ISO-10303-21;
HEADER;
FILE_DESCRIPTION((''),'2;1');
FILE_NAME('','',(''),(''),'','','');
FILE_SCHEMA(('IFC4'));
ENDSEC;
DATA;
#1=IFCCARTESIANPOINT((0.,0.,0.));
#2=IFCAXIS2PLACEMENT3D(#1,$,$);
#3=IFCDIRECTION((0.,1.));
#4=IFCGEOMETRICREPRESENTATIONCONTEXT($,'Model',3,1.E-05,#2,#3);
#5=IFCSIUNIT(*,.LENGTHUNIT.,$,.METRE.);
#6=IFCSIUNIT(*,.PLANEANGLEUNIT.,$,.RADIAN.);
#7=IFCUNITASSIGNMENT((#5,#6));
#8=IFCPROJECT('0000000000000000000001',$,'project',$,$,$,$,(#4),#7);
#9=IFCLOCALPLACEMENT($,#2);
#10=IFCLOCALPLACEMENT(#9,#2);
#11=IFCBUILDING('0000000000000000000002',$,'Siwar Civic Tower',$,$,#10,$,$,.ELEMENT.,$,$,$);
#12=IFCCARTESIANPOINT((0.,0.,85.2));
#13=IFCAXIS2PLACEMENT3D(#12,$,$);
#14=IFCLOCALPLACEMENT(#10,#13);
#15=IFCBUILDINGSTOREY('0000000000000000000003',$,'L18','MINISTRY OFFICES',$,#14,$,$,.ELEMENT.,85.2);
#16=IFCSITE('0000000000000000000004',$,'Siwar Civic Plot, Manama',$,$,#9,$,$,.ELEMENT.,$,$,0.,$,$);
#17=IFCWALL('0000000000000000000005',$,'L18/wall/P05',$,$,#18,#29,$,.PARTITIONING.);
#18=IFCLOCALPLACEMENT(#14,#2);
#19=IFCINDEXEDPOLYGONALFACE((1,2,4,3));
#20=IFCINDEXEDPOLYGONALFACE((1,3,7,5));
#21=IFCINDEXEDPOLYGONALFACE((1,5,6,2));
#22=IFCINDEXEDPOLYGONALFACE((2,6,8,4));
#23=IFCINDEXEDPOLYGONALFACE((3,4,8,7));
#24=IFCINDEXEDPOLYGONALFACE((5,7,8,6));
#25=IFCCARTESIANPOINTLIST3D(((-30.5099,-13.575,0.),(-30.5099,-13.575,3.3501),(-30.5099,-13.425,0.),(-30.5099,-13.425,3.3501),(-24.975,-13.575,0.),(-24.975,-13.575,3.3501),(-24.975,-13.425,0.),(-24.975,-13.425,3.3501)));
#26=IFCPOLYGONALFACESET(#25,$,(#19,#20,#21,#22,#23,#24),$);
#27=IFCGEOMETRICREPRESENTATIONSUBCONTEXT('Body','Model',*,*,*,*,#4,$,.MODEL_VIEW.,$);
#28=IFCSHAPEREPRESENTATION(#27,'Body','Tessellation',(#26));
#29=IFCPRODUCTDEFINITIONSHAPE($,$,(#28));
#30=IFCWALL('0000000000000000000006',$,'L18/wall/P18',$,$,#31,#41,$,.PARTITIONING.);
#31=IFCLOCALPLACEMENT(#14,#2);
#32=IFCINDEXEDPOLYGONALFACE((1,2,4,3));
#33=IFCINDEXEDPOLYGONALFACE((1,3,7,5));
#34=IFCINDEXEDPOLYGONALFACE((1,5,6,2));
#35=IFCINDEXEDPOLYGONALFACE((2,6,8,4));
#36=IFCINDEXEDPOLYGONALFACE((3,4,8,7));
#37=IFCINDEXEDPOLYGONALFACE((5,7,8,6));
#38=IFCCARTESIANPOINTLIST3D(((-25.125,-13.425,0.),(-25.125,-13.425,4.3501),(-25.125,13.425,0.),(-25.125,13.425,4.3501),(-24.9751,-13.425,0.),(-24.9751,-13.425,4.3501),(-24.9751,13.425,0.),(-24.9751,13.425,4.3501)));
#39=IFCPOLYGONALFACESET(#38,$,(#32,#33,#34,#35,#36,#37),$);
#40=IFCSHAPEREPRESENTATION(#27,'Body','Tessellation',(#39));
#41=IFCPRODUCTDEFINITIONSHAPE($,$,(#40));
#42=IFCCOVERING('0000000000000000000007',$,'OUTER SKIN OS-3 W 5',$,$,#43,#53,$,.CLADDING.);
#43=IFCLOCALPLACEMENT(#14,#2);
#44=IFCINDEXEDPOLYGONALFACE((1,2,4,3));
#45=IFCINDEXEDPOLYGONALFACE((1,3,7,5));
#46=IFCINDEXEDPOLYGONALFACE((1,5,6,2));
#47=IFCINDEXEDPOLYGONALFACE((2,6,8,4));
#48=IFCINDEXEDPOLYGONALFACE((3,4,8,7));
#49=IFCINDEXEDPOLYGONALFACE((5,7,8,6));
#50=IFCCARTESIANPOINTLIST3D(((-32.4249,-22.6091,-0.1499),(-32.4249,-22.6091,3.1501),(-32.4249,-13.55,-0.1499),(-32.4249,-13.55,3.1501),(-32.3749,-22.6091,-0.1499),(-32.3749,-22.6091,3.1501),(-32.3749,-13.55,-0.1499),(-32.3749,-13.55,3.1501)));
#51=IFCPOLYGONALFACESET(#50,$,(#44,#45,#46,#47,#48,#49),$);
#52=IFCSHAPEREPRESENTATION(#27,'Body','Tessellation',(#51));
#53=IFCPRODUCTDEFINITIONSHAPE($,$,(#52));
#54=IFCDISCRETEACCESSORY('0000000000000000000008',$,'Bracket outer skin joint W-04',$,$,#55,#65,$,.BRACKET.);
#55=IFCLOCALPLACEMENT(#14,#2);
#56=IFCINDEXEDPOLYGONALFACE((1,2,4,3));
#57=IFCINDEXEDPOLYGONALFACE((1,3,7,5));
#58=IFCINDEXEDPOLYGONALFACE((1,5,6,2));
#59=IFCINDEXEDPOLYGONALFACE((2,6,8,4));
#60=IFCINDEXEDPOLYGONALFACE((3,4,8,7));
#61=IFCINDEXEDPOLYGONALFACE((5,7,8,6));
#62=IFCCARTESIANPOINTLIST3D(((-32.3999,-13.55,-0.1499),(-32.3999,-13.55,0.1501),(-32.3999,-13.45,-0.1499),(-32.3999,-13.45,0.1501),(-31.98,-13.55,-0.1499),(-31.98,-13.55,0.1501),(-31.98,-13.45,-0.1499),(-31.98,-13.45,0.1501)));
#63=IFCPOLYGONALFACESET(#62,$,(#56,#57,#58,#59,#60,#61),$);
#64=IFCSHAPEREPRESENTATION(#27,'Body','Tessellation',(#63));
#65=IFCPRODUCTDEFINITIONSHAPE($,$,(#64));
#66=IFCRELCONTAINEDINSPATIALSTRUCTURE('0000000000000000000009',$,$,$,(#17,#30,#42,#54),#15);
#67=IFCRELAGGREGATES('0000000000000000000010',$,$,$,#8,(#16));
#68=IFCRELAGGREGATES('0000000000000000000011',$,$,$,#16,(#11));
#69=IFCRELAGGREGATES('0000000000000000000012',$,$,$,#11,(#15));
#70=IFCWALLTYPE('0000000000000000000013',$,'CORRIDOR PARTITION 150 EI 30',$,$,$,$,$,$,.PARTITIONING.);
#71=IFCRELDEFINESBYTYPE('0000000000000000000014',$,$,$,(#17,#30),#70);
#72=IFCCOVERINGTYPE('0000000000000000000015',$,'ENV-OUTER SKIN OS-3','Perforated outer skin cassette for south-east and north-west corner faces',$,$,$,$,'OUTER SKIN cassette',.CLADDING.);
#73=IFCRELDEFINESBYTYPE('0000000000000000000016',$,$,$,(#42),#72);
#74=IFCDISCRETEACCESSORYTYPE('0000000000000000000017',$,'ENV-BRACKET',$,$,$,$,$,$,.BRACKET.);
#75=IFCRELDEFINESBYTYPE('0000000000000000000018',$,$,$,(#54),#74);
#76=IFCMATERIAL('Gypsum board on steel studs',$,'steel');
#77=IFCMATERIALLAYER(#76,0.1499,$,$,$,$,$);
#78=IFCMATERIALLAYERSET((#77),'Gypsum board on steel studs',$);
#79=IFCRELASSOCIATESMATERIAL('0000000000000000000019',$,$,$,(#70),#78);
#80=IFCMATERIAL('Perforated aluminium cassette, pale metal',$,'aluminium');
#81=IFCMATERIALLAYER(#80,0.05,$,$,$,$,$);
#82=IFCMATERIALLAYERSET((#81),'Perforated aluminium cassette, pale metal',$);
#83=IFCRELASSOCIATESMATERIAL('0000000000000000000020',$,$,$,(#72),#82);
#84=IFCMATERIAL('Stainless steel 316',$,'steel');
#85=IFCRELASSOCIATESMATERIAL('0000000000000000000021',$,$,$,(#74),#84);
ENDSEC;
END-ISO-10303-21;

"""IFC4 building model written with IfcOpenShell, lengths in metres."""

from ifc_helpers import new_model, si_unit, direction, frame, frame_2d, origin, origin_2d, place, context, subcontext, project, spatial, rectangle, extrude, material, layer, layer_set, type_object, element, save


model = new_model("IFC4")

# Units and contexts
model_context = context("Model", 3, precision=1e-05, world=origin(), true_north=direction((0.0, 1.0)))
body_context = subcontext(model_context, "Body", "Model", "MODEL_VIEW")
ifc_project = project(units=[si_unit("LENGTHUNIT", "METRE"), si_unit("PLANEANGLEUNIT", "RADIAN")], contexts=[model_context])

# Site, building, storey
site_placement = place(None, origin())
site = spatial("IfcSite", under=ifc_project, at=site_placement, Name="Siwar Civic Plot, Manama", CompositionType="ELEMENT", RefElevation=0.0)
building_placement = place(site_placement, origin())
building = spatial("IfcBuilding", under=site, at=building_placement, Name="Siwar Civic Tower", CompositionType="ELEMENT")
storey_placement = place(building_placement, frame((0.0, 0.0, 85.2)))
storey = spatial("IfcBuildingStorey", under=building, at=storey_placement, Name="L18", Description="MINISTRY OFFICES", CompositionType="ELEMENT", Elevation=85.2)

# Shared definitions
ifc_material_1 = material(Name="Gypsum board on steel studs", Category="steel")
ifc_layer_1 = layer(ifc_material_1, 0.1499)
ifc_layer_set_1 = layer_set([ifc_layer_1], Name="Gypsum board on steel studs")
wall_type = type_object("IfcWallType", Name="CORRIDOR PARTITION 150 EI 30", PredefinedType="PARTITIONING", material=ifc_layer_set_1)

# Walls
wall_1_placement = place(storey_placement, frame((-30.51, -13.5, 0.0), z_axis=(0.0, 0.0, 1.0), x_axis=(1.0, 0.0, 0.0)))
element("IfcWall", 1, at=wall_1_placement, inside=storey, type_object=wall_type, Name="L18/wall/P05", PredefinedType="PARTITIONING", context=body_context, shape_type="SweptSolid", body=[
    extrude(rectangle(XDim=5.5349, YDim=0.1499, at=frame_2d((2.7676, 0.0))), origin(), (0.0, 0.0, 1.0), 3.3501),
])
wall_2_placement = place(storey_placement, frame((-25.05, -13.425, 0.0), z_axis=(0.0, 0.0, 1.0), x_axis=(0.0, 1.0, 0.0)))
element("IfcWall", 2, at=wall_2_placement, inside=storey, type_object=wall_type, Name="L18/wall/P18", PredefinedType="PARTITIONING", context=body_context, shape_type="SweptSolid", body=[
    extrude(rectangle(XDim=26.8501, YDim=0.1499, at=frame_2d((13.425, 0.0))), origin(), (0.0, 0.0, 1.0), 4.3501),
])

# Covering
ifc_material_2 = material(Name="Perforated aluminium cassette, pale metal", Category="aluminium")
ifc_layer_2 = layer(ifc_material_2, 0.05)
ifc_layer_set_2 = layer_set([ifc_layer_2], Name="Perforated aluminium cassette, pale metal")
covering_type = type_object("IfcCoveringType", Name="ENV-OUTER SKIN OS-3", Description="Perforated outer skin cassette for south-east and north-west corner faces", ElementType="OUTER SKIN cassette", PredefinedType="CLADDING", material=ifc_layer_set_2)
covering_placement = place(storey_placement, frame((-32.3999, -18.0796, -0.1499), z_axis=(0.0, 0.0, 1.0), x_axis=(0.0, -1.0, 0.0)))
element("IfcCovering", 3, at=covering_placement, inside=storey, type_object=covering_type, Name="OUTER SKIN OS-3 W 5", PredefinedType="CLADDING", context=body_context, shape_type="SweptSolid", body=[
    extrude(rectangle(XDim=9.0591, YDim=0.05, at=origin_2d()), origin(), (0.0, 0.0, 1.0), 3.3),
])

# Discrete accessory
ifc_material_3 = material(Name="Stainless steel 316", Category="steel")
discrete_accessory_type = type_object("IfcDiscreteAccessoryType", Name="ENV-BRACKET", PredefinedType="BRACKET", material=ifc_material_3)
discrete_accessory_placement = place(storey_placement, frame((-32.1899, -13.5, -0.1499), z_axis=(0.0, 0.0, 1.0), x_axis=(-1.0, 0.0, 0.0)))
element("IfcDiscreteAccessory", 4, at=discrete_accessory_placement, inside=storey, type_object=discrete_accessory_type, Name="Bracket outer skin joint W-04", PredefinedType="BRACKET", context=body_context, shape_type="SweptSolid", body=[
    extrude(rectangle(XDim=0.4199, YDim=0.1001, at=origin_2d()), origin(), (0.0, 0.0, 1.0), 0.3),
])

save(model, "model.ifc")
